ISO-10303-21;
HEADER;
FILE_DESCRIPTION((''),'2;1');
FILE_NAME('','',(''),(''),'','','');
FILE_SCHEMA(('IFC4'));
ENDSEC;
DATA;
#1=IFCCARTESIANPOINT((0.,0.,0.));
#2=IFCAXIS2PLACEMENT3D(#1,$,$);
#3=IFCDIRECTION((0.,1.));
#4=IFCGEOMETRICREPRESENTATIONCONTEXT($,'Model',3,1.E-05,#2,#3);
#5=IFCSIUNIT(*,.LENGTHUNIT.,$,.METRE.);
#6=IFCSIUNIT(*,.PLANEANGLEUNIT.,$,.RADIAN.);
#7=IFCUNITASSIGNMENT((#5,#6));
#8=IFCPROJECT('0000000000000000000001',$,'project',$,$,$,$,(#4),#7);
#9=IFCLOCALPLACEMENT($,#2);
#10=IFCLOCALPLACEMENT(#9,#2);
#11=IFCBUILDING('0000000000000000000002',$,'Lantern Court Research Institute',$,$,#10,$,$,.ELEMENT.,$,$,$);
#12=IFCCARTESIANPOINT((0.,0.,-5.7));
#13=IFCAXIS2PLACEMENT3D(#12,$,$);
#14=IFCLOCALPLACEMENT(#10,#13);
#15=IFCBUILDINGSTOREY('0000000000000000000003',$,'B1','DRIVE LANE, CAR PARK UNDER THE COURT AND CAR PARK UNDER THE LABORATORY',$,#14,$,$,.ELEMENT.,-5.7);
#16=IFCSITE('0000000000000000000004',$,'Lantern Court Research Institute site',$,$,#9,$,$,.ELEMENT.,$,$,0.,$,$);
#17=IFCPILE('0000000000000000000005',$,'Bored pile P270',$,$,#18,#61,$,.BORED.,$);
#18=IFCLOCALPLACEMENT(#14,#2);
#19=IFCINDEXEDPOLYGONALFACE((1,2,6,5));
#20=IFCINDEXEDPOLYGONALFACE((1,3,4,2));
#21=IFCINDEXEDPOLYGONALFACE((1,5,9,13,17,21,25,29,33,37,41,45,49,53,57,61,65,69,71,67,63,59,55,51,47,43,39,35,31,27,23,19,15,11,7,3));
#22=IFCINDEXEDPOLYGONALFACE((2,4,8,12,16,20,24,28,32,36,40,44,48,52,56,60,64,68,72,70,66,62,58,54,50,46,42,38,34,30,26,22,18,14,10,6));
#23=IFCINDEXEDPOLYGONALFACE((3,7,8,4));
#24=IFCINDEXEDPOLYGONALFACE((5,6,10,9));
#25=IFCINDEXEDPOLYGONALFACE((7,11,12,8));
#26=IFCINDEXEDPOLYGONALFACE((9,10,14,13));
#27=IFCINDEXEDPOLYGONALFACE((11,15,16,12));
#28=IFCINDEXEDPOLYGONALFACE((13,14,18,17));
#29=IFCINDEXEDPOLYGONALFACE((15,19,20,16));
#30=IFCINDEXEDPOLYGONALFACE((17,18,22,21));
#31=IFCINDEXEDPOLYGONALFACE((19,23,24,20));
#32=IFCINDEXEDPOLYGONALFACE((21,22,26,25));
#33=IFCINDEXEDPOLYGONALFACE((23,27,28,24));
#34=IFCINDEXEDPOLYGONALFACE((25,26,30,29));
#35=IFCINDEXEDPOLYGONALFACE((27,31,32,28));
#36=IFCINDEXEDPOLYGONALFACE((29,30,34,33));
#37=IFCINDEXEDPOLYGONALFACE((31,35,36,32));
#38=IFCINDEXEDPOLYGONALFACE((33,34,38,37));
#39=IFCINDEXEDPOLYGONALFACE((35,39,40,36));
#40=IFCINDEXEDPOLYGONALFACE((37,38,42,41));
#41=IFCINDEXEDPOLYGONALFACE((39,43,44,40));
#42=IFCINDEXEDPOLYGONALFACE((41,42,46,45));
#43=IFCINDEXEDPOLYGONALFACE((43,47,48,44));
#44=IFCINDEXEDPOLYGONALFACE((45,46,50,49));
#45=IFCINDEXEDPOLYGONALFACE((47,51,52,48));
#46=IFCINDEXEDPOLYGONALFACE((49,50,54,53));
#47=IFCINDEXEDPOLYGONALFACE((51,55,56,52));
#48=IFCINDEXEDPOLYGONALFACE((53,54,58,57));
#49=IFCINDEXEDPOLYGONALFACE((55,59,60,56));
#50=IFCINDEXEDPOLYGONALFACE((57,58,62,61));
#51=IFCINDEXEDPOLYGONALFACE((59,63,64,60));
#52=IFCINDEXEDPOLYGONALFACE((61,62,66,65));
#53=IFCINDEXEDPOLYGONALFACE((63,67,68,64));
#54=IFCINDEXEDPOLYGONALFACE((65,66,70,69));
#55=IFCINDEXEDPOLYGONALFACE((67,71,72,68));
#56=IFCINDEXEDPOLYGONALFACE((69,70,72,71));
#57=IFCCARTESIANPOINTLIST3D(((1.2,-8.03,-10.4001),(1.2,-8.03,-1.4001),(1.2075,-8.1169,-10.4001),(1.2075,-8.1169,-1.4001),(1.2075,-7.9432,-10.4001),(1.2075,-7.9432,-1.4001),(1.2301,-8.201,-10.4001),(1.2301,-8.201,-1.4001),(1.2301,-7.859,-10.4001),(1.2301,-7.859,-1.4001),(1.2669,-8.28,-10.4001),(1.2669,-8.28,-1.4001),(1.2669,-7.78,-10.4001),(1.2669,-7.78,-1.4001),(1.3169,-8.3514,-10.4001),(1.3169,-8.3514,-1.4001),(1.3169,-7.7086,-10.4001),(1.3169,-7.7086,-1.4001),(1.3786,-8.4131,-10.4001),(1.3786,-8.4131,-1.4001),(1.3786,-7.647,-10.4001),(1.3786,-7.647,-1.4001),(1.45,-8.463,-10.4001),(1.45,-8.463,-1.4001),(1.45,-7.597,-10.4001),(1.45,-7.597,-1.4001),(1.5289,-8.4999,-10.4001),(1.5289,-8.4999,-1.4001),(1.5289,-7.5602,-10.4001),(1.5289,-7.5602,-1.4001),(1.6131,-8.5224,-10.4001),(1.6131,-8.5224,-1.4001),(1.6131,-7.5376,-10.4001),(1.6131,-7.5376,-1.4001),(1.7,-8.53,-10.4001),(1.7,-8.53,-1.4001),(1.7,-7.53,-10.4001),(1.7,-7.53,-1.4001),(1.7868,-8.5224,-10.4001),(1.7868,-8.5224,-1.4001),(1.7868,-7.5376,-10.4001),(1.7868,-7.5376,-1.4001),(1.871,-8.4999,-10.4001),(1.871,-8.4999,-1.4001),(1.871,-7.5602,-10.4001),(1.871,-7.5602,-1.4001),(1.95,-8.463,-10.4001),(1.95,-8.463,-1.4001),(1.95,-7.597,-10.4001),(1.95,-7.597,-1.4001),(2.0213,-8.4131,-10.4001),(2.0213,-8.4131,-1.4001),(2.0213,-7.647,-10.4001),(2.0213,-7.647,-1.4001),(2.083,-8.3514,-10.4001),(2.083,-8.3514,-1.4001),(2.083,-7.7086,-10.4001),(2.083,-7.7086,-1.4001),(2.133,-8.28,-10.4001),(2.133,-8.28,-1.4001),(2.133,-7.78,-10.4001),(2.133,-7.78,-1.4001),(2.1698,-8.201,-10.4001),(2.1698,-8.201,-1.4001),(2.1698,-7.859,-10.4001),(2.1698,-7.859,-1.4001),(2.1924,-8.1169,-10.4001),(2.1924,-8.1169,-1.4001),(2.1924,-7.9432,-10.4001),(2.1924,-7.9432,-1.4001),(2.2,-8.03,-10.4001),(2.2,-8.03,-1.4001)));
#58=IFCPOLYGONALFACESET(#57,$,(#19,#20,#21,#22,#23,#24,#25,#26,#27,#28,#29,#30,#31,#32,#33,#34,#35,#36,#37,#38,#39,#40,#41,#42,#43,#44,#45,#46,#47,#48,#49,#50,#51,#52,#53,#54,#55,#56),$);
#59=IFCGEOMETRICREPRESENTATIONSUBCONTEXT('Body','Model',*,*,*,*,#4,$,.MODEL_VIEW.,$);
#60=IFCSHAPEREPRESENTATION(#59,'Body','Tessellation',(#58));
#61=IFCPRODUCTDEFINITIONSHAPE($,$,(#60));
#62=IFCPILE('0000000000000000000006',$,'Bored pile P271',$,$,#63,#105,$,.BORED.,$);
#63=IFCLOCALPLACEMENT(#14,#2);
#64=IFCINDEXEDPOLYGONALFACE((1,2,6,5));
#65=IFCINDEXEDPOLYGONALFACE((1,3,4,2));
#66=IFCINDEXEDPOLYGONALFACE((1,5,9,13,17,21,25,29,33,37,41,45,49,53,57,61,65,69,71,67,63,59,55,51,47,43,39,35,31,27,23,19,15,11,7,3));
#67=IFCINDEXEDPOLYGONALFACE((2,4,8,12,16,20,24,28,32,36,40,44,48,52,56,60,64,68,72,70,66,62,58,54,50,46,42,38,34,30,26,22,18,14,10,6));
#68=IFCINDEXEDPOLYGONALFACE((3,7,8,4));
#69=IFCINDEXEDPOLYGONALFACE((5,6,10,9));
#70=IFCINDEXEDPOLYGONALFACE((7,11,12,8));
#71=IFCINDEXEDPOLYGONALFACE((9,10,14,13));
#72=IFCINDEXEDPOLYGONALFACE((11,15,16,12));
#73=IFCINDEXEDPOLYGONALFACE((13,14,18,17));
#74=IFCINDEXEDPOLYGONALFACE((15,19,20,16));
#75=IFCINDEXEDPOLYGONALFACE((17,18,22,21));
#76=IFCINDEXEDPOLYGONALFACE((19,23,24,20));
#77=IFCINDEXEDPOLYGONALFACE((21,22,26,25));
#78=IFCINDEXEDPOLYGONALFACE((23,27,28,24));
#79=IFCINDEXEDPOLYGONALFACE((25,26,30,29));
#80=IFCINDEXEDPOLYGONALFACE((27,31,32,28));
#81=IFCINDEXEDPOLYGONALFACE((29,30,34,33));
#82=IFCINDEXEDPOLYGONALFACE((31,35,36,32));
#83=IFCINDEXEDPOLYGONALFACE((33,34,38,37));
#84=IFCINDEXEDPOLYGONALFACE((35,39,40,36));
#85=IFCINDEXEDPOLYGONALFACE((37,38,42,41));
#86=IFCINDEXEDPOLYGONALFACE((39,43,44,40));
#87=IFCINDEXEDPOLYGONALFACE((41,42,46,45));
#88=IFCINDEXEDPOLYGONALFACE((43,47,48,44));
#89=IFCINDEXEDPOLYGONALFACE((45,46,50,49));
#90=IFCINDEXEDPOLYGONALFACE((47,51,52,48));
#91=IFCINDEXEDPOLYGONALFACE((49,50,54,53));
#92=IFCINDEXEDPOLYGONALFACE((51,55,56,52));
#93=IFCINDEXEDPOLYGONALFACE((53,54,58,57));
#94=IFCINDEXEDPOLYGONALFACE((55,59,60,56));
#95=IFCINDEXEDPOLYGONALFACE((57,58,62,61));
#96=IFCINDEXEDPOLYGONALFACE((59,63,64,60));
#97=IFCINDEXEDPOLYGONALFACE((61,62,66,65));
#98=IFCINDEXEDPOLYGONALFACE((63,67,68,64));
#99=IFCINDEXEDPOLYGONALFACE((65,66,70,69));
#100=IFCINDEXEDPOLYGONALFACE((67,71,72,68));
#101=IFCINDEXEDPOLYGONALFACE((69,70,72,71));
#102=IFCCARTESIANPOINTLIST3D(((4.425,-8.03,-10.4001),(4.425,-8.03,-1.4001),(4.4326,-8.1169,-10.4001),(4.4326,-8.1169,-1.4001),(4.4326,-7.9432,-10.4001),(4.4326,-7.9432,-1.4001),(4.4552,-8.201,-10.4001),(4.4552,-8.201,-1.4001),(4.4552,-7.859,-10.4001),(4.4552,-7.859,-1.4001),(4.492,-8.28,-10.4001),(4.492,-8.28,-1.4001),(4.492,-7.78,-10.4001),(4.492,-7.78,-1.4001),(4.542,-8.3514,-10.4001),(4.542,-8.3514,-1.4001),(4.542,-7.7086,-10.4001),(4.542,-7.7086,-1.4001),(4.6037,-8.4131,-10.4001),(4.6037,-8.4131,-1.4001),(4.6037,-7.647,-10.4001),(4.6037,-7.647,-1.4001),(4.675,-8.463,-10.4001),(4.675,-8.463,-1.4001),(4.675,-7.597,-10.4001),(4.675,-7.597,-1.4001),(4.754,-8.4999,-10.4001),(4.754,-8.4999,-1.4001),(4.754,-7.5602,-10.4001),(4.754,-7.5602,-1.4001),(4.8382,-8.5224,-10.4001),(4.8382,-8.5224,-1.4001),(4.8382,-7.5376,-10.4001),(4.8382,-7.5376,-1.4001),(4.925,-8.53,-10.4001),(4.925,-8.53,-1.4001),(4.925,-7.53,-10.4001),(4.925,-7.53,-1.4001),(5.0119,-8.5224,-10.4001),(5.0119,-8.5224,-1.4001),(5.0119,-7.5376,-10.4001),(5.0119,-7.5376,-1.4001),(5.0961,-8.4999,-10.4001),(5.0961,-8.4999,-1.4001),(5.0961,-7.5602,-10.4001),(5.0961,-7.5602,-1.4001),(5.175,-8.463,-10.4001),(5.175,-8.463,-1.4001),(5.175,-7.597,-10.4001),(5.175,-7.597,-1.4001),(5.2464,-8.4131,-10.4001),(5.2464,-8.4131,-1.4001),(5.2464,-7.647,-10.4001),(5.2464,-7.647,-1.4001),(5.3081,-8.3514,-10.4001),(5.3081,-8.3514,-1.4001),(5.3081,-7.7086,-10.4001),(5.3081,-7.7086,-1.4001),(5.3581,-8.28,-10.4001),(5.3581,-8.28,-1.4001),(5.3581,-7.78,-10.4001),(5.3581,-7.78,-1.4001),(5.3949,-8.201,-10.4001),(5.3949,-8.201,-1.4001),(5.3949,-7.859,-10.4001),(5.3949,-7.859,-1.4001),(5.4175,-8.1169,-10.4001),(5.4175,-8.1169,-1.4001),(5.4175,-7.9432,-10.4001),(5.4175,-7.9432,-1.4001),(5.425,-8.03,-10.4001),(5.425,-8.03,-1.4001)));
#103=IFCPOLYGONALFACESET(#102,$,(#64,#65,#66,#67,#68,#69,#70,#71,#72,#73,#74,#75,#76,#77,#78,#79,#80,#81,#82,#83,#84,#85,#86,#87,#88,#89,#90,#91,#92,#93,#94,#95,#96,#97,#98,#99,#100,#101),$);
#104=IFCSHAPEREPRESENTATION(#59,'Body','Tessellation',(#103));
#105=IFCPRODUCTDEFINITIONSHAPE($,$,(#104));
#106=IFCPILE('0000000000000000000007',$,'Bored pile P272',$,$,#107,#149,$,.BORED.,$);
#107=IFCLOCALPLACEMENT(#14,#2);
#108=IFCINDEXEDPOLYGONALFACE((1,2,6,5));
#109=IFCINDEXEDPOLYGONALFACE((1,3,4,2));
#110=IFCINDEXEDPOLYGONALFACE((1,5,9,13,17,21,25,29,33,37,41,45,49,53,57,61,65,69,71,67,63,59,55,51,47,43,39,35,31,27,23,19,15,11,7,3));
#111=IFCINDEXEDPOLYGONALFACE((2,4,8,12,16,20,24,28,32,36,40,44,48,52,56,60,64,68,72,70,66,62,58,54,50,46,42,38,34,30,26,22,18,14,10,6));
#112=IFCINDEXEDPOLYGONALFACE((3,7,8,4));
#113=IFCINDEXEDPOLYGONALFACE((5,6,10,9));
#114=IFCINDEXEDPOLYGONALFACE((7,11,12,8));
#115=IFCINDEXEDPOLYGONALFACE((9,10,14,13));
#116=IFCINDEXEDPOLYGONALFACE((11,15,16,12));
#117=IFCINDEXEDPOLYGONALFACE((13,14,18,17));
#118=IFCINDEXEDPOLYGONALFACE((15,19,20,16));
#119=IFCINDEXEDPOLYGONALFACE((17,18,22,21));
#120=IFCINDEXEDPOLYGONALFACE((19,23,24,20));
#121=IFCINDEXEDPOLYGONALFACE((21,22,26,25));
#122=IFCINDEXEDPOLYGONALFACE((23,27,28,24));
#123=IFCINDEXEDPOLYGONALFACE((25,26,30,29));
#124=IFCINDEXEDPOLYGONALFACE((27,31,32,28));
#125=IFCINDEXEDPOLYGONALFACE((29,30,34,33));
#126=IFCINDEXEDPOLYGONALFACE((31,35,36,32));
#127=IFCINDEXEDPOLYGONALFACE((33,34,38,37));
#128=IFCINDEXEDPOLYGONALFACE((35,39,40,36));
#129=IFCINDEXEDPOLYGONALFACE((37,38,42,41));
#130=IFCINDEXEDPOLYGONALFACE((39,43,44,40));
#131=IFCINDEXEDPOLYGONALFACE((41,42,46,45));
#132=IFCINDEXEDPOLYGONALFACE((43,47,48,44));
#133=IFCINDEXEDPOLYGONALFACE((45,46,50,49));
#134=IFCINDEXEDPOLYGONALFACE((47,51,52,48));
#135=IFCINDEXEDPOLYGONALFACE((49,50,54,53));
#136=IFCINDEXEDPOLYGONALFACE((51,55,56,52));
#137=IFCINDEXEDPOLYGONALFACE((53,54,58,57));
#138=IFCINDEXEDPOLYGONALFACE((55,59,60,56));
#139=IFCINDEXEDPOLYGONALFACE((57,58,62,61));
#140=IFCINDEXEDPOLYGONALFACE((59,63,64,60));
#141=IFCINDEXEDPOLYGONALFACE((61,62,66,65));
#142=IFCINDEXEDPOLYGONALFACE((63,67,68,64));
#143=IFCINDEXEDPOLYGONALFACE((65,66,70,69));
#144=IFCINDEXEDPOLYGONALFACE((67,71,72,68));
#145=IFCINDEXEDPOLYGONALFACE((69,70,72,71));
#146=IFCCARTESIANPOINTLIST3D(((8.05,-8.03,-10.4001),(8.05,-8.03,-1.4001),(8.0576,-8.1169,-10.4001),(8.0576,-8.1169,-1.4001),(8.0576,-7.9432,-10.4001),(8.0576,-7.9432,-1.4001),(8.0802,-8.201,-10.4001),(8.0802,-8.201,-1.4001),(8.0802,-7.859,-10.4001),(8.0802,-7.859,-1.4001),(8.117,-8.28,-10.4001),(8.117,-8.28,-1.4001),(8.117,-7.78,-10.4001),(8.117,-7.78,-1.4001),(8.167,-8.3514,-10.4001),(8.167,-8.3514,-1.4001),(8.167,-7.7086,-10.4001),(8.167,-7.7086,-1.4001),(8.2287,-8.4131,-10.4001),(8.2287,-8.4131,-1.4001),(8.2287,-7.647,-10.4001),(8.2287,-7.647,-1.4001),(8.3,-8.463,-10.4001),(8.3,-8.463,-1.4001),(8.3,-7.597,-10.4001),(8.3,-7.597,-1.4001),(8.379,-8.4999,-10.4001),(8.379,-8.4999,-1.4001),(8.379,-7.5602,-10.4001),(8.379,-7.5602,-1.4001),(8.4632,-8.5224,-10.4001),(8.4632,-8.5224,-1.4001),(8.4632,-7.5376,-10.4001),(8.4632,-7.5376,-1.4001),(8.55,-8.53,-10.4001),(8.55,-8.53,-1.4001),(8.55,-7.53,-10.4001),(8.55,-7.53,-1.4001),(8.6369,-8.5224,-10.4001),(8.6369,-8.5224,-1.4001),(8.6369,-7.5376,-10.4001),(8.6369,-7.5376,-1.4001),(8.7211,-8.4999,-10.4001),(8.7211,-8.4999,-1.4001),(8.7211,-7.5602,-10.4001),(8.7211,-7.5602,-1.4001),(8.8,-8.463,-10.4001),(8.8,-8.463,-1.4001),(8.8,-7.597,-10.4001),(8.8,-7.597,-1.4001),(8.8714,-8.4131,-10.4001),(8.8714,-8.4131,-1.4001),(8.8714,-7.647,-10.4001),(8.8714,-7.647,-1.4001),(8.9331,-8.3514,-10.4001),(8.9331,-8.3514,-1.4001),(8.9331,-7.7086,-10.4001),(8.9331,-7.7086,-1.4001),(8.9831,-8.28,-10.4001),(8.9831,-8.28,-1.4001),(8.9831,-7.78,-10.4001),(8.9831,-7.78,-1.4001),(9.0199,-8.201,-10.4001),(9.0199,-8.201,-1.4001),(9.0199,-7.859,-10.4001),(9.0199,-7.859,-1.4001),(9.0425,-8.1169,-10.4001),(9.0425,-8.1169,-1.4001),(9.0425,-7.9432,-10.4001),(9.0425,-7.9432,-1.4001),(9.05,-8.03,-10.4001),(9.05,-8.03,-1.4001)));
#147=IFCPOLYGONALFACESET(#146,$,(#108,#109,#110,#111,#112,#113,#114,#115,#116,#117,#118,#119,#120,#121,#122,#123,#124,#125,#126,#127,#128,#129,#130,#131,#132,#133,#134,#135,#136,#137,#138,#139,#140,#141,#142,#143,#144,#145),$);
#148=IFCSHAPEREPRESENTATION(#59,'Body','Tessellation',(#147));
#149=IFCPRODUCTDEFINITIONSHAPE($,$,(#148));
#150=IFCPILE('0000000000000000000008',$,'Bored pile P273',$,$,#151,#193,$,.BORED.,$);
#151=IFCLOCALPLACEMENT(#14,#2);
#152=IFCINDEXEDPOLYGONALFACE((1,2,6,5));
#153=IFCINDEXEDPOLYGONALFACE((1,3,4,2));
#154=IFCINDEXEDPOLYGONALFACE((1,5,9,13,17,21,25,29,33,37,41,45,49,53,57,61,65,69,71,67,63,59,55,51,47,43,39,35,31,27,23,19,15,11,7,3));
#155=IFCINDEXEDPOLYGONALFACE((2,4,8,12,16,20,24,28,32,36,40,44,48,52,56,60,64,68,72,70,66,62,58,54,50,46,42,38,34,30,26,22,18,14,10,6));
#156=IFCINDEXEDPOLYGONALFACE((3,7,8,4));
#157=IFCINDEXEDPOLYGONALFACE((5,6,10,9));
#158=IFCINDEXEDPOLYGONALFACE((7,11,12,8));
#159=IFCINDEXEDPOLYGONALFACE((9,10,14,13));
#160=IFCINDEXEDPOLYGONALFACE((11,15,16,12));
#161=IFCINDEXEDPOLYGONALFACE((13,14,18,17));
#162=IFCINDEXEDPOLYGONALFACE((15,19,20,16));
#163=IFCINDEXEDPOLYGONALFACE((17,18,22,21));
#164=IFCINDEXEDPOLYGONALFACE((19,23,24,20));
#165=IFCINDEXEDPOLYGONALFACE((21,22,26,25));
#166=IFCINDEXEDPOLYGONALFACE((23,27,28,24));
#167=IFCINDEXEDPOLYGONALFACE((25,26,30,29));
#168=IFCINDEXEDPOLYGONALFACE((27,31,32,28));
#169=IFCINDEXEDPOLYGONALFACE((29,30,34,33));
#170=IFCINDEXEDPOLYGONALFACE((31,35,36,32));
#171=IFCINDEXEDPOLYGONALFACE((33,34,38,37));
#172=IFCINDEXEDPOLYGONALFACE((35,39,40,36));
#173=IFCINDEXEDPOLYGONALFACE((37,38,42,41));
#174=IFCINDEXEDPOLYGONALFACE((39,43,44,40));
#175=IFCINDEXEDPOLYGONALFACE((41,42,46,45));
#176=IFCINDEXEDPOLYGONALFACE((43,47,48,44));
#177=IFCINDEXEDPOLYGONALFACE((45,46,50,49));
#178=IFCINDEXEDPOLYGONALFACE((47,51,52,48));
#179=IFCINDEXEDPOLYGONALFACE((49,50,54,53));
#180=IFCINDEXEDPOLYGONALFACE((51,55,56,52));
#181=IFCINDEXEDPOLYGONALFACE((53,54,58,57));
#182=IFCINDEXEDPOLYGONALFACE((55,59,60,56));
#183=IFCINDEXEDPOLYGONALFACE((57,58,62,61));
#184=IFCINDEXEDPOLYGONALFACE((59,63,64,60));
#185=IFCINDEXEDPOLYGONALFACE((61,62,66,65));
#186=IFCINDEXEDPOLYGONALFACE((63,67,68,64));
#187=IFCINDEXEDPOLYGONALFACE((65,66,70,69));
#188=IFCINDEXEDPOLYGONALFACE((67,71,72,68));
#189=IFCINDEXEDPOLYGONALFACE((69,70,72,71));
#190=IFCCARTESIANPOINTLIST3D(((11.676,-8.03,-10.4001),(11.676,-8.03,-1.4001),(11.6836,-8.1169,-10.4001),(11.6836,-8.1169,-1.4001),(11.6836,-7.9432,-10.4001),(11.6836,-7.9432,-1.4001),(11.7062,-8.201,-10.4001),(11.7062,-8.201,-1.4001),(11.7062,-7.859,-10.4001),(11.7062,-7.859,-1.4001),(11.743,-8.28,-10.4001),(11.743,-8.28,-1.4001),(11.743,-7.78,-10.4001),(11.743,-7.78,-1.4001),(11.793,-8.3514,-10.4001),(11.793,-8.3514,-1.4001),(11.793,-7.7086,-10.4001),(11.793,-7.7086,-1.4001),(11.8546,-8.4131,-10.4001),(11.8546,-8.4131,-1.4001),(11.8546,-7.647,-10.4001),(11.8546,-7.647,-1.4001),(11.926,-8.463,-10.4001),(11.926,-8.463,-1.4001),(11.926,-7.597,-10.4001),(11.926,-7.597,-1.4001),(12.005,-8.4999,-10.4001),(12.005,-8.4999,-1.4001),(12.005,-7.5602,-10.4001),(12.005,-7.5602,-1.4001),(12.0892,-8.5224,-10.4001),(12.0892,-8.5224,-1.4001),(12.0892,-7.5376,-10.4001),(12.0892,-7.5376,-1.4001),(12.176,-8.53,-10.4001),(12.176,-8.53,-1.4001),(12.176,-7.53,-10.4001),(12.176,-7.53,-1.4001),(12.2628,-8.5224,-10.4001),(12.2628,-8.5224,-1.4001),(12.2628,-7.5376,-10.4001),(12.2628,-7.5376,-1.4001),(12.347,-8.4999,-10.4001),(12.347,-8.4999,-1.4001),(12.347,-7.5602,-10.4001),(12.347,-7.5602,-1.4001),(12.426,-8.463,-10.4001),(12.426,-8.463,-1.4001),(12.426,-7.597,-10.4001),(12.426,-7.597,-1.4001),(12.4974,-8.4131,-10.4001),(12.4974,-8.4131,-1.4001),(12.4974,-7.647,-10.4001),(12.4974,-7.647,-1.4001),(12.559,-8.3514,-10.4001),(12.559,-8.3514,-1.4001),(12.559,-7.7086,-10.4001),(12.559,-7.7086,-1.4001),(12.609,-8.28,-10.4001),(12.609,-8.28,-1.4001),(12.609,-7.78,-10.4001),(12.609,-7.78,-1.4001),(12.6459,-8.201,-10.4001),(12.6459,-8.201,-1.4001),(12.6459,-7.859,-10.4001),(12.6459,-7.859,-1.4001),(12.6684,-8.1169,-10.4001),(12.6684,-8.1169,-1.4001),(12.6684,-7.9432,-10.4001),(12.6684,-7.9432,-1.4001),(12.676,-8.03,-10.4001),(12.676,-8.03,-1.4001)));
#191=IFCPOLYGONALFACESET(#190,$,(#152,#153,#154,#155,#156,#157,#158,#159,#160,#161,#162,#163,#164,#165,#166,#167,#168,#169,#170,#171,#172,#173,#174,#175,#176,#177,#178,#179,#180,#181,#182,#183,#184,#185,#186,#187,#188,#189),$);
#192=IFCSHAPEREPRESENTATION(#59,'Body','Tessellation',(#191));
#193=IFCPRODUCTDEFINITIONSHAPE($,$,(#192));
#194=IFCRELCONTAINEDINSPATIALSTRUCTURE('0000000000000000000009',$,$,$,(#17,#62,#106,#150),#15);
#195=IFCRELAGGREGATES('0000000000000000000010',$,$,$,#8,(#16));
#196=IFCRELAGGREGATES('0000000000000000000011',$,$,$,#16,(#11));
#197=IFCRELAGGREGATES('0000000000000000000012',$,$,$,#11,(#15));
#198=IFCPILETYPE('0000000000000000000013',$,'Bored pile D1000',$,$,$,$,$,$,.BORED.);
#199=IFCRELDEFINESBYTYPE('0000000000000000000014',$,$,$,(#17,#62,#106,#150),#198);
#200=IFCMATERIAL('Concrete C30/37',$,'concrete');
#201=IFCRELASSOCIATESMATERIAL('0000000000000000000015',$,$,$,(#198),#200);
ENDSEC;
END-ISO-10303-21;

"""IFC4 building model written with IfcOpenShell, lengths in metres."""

from ifc_helpers import new_model, si_unit, direction, frame, origin, origin_2d, place, context, subcontext, project, spatial, circle, extrude, material, material_profile, profile_set, type_object, element, save


model = new_model("IFC4")

# Units and contexts
model_context = context("Model", 3, precision=1e-05, world=origin(), true_north=direction((0.0, 1.0)))
body_context = subcontext(model_context, "Body", "Model", "MODEL_VIEW")
ifc_project = project(units=[si_unit("LENGTHUNIT", "METRE"), si_unit("PLANEANGLEUNIT", "RADIAN")], contexts=[model_context])

# Site, building, storey
site_placement = place(None, origin())
site = spatial("IfcSite", under=ifc_project, at=site_placement, Name="Lantern Court Research Institute site", CompositionType="ELEMENT", RefElevation=0.0)
building_placement = place(site_placement, origin())
building = spatial("IfcBuilding", under=site, at=building_placement, Name="Lantern Court Research Institute", CompositionType="ELEMENT")
storey_placement = place(building_placement, frame((0.0, 0.0, -5.7)))
storey = spatial("IfcBuildingStorey", under=building, at=storey_placement, Name="B1", Description="DRIVE LANE, CAR PARK UNDER THE COURT AND CAR PARK UNDER THE LABORATORY", CompositionType="ELEMENT", Elevation=-5.7)

# Piles
ifc_material_1 = material(Name="Concrete C30/37", Category="concrete")
ifc_material_profile_1 = material_profile(ifc_material_1, circle(Radius=0.5, at=origin_2d()), Name="Bored pile D1000")
ifc_profile_set_1 = profile_set([ifc_material_profile_1], Name="Concrete C30/37")
pile_type_1 = type_object("IfcPileType", Name="Bored pile D1000", PredefinedType="BORED", material=ifc_profile_set_1)
for number, where, z_axis, x_axis, name in (
    (1, (1.7, -8.03, -1.4001), (0.0, 0.0, -1.0), (1.0, 0.0, 0.0), "Bored pile P270"),
    (2, (4.925, -8.03, -1.4001), (0.0, 0.0, -1.0), (1.0, 0.0, 0.0), "Bored pile P271"),
    (3, (8.55, -8.03, -1.4001), (0.0, 0.0, -1.0), (1.0, 0.0, 0.0), "Bored pile P272"),
    (4, (12.176, -8.03, -1.4001), (0.0, 0.0, -1.0), (1.0, 0.0, 0.0), "Bored pile P273"),
):
    element("IfcPile", number, at=place(storey_placement, frame(where, z_axis=z_axis, x_axis=x_axis)), inside=storey, type_object=pile_type_1, Name=name, PredefinedType="BORED", context=body_context, shape_type="SweptSolid", body=[
        extrude(circle(Radius=0.5, at=origin_2d()), origin(), (0.0, 0.0, 1.0), 9.0),
    ])

save(model, "model.ifc")
